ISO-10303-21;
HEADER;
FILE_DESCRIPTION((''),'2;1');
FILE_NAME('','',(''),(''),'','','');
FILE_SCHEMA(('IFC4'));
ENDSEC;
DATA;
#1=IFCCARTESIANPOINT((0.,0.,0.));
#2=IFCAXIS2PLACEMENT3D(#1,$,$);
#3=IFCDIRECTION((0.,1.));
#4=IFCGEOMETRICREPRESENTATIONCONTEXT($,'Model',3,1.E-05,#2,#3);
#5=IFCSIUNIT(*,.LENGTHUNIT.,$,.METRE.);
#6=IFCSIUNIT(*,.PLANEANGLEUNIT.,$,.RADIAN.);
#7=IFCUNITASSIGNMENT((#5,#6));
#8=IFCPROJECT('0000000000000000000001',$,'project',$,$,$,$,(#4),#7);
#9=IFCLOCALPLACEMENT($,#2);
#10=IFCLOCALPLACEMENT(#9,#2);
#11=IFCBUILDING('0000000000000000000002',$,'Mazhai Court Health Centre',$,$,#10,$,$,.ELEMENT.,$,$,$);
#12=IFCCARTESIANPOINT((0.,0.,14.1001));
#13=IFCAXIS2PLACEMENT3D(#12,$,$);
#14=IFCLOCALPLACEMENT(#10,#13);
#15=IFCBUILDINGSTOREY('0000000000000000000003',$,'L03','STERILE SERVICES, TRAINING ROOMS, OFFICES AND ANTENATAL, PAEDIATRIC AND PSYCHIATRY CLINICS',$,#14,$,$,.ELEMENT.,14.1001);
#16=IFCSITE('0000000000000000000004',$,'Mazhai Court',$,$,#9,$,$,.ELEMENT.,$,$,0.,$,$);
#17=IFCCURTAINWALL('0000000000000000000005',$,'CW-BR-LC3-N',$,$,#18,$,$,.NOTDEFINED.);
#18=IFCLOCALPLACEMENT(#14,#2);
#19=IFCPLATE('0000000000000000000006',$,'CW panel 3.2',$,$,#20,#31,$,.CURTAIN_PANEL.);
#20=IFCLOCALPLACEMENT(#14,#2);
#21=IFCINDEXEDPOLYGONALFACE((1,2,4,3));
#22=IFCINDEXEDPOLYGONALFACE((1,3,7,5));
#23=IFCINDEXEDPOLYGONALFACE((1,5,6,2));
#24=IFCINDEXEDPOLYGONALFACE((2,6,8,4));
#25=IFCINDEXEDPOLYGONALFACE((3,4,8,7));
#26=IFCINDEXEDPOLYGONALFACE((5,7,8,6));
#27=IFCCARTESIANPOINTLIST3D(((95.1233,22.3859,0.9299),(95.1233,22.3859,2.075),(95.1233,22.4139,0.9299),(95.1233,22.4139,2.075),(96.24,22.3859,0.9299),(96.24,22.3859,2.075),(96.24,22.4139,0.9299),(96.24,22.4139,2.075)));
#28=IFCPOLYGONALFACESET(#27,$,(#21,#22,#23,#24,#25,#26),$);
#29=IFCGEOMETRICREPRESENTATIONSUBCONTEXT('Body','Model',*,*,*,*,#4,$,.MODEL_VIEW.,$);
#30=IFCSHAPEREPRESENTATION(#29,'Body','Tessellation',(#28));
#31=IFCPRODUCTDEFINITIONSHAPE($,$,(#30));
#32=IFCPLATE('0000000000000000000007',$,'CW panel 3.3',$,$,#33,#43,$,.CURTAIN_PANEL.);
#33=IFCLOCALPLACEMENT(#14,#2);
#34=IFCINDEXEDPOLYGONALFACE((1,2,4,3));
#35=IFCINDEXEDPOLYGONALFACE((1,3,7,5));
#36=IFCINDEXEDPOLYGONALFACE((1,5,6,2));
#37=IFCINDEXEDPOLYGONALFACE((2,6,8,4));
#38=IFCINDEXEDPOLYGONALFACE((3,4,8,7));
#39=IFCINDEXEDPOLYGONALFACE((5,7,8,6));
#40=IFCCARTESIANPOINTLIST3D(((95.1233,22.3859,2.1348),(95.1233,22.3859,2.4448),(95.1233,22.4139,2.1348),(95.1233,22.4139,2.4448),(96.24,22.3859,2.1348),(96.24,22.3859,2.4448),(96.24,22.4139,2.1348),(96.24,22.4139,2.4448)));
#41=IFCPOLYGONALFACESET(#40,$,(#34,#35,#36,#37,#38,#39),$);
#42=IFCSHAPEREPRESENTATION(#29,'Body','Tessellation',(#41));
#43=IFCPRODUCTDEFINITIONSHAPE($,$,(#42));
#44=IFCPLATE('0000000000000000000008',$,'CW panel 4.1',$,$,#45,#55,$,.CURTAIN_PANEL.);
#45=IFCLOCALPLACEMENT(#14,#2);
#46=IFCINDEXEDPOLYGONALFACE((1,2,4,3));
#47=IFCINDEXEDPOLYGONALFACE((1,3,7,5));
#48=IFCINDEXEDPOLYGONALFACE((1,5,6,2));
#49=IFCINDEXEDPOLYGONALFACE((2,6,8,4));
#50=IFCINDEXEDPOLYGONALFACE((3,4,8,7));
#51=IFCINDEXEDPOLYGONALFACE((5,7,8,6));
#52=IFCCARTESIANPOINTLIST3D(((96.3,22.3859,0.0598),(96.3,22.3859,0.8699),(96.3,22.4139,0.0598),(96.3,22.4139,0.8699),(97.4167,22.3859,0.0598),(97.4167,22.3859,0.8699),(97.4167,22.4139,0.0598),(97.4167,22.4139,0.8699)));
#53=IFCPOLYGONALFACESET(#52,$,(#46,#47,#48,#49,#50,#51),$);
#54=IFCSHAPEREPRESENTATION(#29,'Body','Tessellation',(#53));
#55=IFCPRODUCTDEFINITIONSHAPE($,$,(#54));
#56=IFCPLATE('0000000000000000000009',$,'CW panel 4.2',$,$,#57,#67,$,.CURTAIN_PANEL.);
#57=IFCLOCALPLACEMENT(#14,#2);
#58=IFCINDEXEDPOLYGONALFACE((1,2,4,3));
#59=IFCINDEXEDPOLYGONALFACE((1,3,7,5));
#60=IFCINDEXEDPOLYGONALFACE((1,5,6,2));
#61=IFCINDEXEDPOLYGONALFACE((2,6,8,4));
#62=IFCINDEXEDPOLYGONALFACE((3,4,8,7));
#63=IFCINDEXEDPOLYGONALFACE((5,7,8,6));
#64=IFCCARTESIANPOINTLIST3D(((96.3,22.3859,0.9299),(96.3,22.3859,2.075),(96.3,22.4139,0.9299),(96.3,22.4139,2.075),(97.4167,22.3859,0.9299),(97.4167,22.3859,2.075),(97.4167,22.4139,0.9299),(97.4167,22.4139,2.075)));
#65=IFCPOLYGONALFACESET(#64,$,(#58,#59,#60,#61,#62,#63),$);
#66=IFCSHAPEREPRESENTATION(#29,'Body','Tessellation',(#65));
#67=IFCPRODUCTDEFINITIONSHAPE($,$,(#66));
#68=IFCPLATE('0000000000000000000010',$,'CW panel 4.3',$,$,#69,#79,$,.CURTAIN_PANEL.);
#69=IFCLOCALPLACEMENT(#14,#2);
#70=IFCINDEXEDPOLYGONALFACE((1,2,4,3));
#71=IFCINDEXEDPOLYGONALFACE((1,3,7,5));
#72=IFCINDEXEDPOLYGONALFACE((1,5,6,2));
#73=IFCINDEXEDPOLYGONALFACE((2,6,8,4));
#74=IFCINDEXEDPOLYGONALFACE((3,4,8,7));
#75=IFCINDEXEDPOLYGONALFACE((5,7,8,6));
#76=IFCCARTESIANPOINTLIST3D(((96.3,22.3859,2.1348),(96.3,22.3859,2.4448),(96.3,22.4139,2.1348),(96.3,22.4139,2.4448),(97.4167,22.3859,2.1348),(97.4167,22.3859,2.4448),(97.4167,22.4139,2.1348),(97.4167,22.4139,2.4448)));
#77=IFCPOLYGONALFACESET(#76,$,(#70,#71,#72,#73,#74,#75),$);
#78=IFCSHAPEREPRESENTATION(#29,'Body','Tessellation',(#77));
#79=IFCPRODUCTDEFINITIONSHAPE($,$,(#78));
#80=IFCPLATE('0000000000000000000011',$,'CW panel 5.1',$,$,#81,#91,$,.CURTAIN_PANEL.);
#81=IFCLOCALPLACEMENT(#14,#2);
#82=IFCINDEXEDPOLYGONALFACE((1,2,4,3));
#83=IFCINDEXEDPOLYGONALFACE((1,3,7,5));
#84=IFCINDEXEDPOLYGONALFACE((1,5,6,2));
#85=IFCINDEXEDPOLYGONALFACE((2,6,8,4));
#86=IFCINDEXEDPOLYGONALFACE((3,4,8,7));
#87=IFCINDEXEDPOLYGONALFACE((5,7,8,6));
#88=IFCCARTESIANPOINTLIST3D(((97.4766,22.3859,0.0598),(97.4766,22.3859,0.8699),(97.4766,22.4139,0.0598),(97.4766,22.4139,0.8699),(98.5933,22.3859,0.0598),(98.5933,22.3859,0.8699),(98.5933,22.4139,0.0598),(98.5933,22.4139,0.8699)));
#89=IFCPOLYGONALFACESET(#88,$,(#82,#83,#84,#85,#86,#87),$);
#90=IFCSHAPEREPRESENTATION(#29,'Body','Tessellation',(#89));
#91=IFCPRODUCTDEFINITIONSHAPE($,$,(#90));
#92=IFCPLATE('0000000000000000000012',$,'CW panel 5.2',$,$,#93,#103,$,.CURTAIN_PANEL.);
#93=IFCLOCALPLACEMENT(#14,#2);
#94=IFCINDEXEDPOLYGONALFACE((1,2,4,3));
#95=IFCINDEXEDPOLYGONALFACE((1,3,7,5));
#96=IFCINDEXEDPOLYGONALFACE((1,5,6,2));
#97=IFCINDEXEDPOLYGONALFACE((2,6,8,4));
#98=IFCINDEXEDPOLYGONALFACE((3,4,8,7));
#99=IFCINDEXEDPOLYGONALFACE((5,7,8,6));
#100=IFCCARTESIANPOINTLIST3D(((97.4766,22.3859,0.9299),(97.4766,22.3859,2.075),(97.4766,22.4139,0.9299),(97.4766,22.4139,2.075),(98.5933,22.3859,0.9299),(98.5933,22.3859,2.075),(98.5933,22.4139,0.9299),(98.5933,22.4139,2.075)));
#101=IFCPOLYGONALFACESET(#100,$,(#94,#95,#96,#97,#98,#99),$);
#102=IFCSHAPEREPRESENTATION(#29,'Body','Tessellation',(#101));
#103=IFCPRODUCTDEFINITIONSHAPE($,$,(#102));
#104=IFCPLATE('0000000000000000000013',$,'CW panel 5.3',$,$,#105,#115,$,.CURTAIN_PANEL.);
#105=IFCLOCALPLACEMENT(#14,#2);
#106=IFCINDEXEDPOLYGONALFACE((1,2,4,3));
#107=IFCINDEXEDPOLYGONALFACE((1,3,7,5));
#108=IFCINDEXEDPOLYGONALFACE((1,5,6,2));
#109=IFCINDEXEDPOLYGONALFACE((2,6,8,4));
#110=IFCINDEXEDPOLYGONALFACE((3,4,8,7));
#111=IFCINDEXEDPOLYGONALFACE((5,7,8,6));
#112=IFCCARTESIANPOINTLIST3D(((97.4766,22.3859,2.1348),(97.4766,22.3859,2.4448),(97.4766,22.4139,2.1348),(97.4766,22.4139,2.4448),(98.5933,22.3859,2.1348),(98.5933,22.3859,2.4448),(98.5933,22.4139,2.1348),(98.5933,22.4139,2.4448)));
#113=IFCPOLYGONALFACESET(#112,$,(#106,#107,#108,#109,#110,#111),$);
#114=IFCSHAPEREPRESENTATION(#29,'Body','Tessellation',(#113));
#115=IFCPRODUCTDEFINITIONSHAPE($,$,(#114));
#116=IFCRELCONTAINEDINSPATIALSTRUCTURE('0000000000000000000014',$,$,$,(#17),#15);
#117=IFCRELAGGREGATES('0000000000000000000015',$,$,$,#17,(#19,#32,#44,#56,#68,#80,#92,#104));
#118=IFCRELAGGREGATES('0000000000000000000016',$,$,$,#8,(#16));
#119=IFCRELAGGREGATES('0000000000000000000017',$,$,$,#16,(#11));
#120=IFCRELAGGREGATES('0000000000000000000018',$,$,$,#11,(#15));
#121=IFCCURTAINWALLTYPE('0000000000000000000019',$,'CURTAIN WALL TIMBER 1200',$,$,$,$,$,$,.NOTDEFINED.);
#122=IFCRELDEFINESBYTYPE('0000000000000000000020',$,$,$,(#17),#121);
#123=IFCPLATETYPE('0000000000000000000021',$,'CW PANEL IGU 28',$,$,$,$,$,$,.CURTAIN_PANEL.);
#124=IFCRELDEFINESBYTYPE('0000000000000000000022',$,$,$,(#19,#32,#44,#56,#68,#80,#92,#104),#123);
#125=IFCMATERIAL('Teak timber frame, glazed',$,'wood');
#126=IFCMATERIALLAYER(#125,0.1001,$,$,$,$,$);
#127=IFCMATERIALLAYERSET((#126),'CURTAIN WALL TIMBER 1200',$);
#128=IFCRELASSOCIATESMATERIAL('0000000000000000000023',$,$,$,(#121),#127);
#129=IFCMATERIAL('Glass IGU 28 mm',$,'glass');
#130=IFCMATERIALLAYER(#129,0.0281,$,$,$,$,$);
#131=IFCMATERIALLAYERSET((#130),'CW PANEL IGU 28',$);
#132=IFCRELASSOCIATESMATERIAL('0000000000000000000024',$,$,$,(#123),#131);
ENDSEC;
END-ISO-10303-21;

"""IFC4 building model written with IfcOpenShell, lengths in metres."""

from ifc_helpers import new_model, si_unit, direction, frame, origin, origin_2d, place, context, subcontext, project, spatial, rectangle, extrude, material, layer, layer_set, type_object, element, aggregate, save


model = new_model("IFC4")

# Units and contexts
model_context = context("Model", 3, precision=1e-05, world=origin(), true_north=direction((0.0, 1.0)))
body_context = subcontext(model_context, "Body", "Model", "MODEL_VIEW")
ifc_project = project(units=[si_unit("LENGTHUNIT", "METRE"), si_unit("PLANEANGLEUNIT", "RADIAN")], contexts=[model_context])

# Site, building, storey
site_placement = place(None, origin())
site = spatial("IfcSite", under=ifc_project, at=site_placement, Name="Mazhai Court", CompositionType="ELEMENT", RefElevation=0.0)
building_placement = place(site_placement, origin())
building = spatial("IfcBuilding", under=site, at=building_placement, Name="Mazhai Court Health Centre", CompositionType="ELEMENT")
storey_placement = place(building_placement, frame((0.0, 0.0, 14.1001)))
storey = spatial("IfcBuildingStorey", under=building, at=storey_placement, Name="L03", Description="STERILE SERVICES, TRAINING ROOMS, OFFICES AND ANTENATAL, PAEDIATRIC AND PSYCHIATRY CLINICS", CompositionType="ELEMENT", Elevation=14.1001)

# Curtain wall, plates
ifc_material_1 = material(Name="Teak timber frame, glazed", Category="wood")
ifc_layer_1 = layer(ifc_material_1, 0.1001)
ifc_layer_set_1 = layer_set([ifc_layer_1], Name="CURTAIN WALL TIMBER 1200")
curtain_wall_type = type_object("IfcCurtainWallType", Name="CURTAIN WALL TIMBER 1200", PredefinedType="NOTDEFINED", material=ifc_layer_set_1)
curtain_wall_placement = place(storey_placement, origin())
curtain_wall = element("IfcCurtainWall", 1, at=curtain_wall_placement, inside=storey, type_object=curtain_wall_type, Name="CW-BR-LC3-N", PredefinedType="NOTDEFINED")
ifc_material_2 = material(Name="Glass IGU 28 mm", Category="glass")
ifc_layer_2 = layer(ifc_material_2, 0.0281)
ifc_layer_set_2 = layer_set([ifc_layer_2], Name="CW PANEL IGU 28")
plate_type = type_object("IfcPlateType", Name="CW PANEL IGU 28", PredefinedType="CURTAIN_PANEL", material=ifc_layer_set_2)
plate_1_placement = place(storey_placement, frame((95.6816, 22.3999, 0.9299), z_axis=(0.0, 0.0, 1.0), x_axis=(1.0, 0.0, 0.0)))
plate_1 = element("IfcPlate", 2, at=plate_1_placement, type_object=plate_type, Name="CW panel 3.2", PredefinedType="CURTAIN_PANEL", context=body_context, shape_type="SweptSolid", body=[
    extrude(rectangle(XDim=1.1167, YDim=0.0281, at=origin_2d()), origin(), (0.0, 0.0, 1.0), 1.145),
])
plate_2_placement = place(storey_placement, frame((95.6816, 22.3999, 2.1348), z_axis=(0.0, 0.0, 1.0), x_axis=(1.0, 0.0, 0.0)))
plate_2 = element("IfcPlate", 3, at=plate_2_placement, type_object=plate_type, Name="CW panel 3.3", PredefinedType="CURTAIN_PANEL", context=body_context, shape_type="SweptSolid", body=[
    extrude(rectangle(XDim=1.1167, YDim=0.0281, at=origin_2d()), origin(), (0.0, 0.0, 1.0), 0.3101),
])
plate_3_placement = place(storey_placement, frame((96.8584, 22.3999, 0.0598), z_axis=(0.0, 0.0, 1.0), x_axis=(1.0, 0.0, 0.0)))
plate_3 = element("IfcPlate", 4, at=plate_3_placement, type_object=plate_type, Name="CW panel 4.1", PredefinedType="CURTAIN_PANEL", context=body_context, shape_type="SweptSolid", body=[
    extrude(rectangle(XDim=1.1167, YDim=0.0281, at=origin_2d()), origin(), (0.0, 0.0, 1.0), 0.8101),
])
plate_4_placement = place(storey_placement, frame((96.8584, 22.3999, 0.9299), z_axis=(0.0, 0.0, 1.0), x_axis=(1.0, 0.0, 0.0)))
plate_4 = element("IfcPlate", 5, at=plate_4_placement, type_object=plate_type, Name="CW panel 4.2", PredefinedType="CURTAIN_PANEL", context=body_context, shape_type="SweptSolid", body=[
    extrude(rectangle(XDim=1.1167, YDim=0.0281, at=origin_2d()), origin(), (0.0, 0.0, 1.0), 1.145),
])
plate_5_placement = place(storey_placement, frame((96.8584, 22.3999, 2.1348), z_axis=(0.0, 0.0, 1.0), x_axis=(1.0, 0.0, 0.0)))
plate_5 = element("IfcPlate", 6, at=plate_5_placement, type_object=plate_type, Name="CW panel 4.3", PredefinedType="CURTAIN_PANEL", context=body_context, shape_type="SweptSolid", body=[
    extrude(rectangle(XDim=1.1167, YDim=0.0281, at=origin_2d()), origin(), (0.0, 0.0, 1.0), 0.3101),
])
plate_6_placement = place(storey_placement, frame((98.0349, 22.3999, 0.0598), z_axis=(0.0, 0.0, 1.0), x_axis=(1.0, 0.0, 0.0)))
plate_6 = element("IfcPlate", 7, at=plate_6_placement, type_object=plate_type, Name="CW panel 5.1", PredefinedType="CURTAIN_PANEL", context=body_context, shape_type="SweptSolid", body=[
    extrude(rectangle(XDim=1.1167, YDim=0.0281, at=origin_2d()), origin(), (0.0, 0.0, 1.0), 0.8101),
])
plate_7_placement = place(storey_placement, frame((98.0349, 22.3999, 0.9299), z_axis=(0.0, 0.0, 1.0), x_axis=(1.0, 0.0, 0.0)))
plate_7 = element("IfcPlate", 8, at=plate_7_placement, type_object=plate_type, Name="CW panel 5.2", PredefinedType="CURTAIN_PANEL", context=body_context, shape_type="SweptSolid", body=[
    extrude(rectangle(XDim=1.1167, YDim=0.0281, at=origin_2d()), origin(), (0.0, 0.0, 1.0), 1.145),
])
plate_8_placement = place(storey_placement, frame((98.0349, 22.3999, 2.1348), z_axis=(0.0, 0.0, 1.0), x_axis=(1.0, 0.0, 0.0)))
plate_8 = element("IfcPlate", 9, at=plate_8_placement, type_object=plate_type, Name="CW panel 5.3", PredefinedType="CURTAIN_PANEL", context=body_context, shape_type="SweptSolid", body=[
    extrude(rectangle(XDim=1.1167, YDim=0.0281, at=origin_2d()), origin(), (0.0, 0.0, 1.0), 0.3101),
])
aggregate(curtain_wall, [plate_1, plate_2, plate_3, plate_4, plate_5, plate_6, plate_7, plate_8])

save(model, "model.ifc")
